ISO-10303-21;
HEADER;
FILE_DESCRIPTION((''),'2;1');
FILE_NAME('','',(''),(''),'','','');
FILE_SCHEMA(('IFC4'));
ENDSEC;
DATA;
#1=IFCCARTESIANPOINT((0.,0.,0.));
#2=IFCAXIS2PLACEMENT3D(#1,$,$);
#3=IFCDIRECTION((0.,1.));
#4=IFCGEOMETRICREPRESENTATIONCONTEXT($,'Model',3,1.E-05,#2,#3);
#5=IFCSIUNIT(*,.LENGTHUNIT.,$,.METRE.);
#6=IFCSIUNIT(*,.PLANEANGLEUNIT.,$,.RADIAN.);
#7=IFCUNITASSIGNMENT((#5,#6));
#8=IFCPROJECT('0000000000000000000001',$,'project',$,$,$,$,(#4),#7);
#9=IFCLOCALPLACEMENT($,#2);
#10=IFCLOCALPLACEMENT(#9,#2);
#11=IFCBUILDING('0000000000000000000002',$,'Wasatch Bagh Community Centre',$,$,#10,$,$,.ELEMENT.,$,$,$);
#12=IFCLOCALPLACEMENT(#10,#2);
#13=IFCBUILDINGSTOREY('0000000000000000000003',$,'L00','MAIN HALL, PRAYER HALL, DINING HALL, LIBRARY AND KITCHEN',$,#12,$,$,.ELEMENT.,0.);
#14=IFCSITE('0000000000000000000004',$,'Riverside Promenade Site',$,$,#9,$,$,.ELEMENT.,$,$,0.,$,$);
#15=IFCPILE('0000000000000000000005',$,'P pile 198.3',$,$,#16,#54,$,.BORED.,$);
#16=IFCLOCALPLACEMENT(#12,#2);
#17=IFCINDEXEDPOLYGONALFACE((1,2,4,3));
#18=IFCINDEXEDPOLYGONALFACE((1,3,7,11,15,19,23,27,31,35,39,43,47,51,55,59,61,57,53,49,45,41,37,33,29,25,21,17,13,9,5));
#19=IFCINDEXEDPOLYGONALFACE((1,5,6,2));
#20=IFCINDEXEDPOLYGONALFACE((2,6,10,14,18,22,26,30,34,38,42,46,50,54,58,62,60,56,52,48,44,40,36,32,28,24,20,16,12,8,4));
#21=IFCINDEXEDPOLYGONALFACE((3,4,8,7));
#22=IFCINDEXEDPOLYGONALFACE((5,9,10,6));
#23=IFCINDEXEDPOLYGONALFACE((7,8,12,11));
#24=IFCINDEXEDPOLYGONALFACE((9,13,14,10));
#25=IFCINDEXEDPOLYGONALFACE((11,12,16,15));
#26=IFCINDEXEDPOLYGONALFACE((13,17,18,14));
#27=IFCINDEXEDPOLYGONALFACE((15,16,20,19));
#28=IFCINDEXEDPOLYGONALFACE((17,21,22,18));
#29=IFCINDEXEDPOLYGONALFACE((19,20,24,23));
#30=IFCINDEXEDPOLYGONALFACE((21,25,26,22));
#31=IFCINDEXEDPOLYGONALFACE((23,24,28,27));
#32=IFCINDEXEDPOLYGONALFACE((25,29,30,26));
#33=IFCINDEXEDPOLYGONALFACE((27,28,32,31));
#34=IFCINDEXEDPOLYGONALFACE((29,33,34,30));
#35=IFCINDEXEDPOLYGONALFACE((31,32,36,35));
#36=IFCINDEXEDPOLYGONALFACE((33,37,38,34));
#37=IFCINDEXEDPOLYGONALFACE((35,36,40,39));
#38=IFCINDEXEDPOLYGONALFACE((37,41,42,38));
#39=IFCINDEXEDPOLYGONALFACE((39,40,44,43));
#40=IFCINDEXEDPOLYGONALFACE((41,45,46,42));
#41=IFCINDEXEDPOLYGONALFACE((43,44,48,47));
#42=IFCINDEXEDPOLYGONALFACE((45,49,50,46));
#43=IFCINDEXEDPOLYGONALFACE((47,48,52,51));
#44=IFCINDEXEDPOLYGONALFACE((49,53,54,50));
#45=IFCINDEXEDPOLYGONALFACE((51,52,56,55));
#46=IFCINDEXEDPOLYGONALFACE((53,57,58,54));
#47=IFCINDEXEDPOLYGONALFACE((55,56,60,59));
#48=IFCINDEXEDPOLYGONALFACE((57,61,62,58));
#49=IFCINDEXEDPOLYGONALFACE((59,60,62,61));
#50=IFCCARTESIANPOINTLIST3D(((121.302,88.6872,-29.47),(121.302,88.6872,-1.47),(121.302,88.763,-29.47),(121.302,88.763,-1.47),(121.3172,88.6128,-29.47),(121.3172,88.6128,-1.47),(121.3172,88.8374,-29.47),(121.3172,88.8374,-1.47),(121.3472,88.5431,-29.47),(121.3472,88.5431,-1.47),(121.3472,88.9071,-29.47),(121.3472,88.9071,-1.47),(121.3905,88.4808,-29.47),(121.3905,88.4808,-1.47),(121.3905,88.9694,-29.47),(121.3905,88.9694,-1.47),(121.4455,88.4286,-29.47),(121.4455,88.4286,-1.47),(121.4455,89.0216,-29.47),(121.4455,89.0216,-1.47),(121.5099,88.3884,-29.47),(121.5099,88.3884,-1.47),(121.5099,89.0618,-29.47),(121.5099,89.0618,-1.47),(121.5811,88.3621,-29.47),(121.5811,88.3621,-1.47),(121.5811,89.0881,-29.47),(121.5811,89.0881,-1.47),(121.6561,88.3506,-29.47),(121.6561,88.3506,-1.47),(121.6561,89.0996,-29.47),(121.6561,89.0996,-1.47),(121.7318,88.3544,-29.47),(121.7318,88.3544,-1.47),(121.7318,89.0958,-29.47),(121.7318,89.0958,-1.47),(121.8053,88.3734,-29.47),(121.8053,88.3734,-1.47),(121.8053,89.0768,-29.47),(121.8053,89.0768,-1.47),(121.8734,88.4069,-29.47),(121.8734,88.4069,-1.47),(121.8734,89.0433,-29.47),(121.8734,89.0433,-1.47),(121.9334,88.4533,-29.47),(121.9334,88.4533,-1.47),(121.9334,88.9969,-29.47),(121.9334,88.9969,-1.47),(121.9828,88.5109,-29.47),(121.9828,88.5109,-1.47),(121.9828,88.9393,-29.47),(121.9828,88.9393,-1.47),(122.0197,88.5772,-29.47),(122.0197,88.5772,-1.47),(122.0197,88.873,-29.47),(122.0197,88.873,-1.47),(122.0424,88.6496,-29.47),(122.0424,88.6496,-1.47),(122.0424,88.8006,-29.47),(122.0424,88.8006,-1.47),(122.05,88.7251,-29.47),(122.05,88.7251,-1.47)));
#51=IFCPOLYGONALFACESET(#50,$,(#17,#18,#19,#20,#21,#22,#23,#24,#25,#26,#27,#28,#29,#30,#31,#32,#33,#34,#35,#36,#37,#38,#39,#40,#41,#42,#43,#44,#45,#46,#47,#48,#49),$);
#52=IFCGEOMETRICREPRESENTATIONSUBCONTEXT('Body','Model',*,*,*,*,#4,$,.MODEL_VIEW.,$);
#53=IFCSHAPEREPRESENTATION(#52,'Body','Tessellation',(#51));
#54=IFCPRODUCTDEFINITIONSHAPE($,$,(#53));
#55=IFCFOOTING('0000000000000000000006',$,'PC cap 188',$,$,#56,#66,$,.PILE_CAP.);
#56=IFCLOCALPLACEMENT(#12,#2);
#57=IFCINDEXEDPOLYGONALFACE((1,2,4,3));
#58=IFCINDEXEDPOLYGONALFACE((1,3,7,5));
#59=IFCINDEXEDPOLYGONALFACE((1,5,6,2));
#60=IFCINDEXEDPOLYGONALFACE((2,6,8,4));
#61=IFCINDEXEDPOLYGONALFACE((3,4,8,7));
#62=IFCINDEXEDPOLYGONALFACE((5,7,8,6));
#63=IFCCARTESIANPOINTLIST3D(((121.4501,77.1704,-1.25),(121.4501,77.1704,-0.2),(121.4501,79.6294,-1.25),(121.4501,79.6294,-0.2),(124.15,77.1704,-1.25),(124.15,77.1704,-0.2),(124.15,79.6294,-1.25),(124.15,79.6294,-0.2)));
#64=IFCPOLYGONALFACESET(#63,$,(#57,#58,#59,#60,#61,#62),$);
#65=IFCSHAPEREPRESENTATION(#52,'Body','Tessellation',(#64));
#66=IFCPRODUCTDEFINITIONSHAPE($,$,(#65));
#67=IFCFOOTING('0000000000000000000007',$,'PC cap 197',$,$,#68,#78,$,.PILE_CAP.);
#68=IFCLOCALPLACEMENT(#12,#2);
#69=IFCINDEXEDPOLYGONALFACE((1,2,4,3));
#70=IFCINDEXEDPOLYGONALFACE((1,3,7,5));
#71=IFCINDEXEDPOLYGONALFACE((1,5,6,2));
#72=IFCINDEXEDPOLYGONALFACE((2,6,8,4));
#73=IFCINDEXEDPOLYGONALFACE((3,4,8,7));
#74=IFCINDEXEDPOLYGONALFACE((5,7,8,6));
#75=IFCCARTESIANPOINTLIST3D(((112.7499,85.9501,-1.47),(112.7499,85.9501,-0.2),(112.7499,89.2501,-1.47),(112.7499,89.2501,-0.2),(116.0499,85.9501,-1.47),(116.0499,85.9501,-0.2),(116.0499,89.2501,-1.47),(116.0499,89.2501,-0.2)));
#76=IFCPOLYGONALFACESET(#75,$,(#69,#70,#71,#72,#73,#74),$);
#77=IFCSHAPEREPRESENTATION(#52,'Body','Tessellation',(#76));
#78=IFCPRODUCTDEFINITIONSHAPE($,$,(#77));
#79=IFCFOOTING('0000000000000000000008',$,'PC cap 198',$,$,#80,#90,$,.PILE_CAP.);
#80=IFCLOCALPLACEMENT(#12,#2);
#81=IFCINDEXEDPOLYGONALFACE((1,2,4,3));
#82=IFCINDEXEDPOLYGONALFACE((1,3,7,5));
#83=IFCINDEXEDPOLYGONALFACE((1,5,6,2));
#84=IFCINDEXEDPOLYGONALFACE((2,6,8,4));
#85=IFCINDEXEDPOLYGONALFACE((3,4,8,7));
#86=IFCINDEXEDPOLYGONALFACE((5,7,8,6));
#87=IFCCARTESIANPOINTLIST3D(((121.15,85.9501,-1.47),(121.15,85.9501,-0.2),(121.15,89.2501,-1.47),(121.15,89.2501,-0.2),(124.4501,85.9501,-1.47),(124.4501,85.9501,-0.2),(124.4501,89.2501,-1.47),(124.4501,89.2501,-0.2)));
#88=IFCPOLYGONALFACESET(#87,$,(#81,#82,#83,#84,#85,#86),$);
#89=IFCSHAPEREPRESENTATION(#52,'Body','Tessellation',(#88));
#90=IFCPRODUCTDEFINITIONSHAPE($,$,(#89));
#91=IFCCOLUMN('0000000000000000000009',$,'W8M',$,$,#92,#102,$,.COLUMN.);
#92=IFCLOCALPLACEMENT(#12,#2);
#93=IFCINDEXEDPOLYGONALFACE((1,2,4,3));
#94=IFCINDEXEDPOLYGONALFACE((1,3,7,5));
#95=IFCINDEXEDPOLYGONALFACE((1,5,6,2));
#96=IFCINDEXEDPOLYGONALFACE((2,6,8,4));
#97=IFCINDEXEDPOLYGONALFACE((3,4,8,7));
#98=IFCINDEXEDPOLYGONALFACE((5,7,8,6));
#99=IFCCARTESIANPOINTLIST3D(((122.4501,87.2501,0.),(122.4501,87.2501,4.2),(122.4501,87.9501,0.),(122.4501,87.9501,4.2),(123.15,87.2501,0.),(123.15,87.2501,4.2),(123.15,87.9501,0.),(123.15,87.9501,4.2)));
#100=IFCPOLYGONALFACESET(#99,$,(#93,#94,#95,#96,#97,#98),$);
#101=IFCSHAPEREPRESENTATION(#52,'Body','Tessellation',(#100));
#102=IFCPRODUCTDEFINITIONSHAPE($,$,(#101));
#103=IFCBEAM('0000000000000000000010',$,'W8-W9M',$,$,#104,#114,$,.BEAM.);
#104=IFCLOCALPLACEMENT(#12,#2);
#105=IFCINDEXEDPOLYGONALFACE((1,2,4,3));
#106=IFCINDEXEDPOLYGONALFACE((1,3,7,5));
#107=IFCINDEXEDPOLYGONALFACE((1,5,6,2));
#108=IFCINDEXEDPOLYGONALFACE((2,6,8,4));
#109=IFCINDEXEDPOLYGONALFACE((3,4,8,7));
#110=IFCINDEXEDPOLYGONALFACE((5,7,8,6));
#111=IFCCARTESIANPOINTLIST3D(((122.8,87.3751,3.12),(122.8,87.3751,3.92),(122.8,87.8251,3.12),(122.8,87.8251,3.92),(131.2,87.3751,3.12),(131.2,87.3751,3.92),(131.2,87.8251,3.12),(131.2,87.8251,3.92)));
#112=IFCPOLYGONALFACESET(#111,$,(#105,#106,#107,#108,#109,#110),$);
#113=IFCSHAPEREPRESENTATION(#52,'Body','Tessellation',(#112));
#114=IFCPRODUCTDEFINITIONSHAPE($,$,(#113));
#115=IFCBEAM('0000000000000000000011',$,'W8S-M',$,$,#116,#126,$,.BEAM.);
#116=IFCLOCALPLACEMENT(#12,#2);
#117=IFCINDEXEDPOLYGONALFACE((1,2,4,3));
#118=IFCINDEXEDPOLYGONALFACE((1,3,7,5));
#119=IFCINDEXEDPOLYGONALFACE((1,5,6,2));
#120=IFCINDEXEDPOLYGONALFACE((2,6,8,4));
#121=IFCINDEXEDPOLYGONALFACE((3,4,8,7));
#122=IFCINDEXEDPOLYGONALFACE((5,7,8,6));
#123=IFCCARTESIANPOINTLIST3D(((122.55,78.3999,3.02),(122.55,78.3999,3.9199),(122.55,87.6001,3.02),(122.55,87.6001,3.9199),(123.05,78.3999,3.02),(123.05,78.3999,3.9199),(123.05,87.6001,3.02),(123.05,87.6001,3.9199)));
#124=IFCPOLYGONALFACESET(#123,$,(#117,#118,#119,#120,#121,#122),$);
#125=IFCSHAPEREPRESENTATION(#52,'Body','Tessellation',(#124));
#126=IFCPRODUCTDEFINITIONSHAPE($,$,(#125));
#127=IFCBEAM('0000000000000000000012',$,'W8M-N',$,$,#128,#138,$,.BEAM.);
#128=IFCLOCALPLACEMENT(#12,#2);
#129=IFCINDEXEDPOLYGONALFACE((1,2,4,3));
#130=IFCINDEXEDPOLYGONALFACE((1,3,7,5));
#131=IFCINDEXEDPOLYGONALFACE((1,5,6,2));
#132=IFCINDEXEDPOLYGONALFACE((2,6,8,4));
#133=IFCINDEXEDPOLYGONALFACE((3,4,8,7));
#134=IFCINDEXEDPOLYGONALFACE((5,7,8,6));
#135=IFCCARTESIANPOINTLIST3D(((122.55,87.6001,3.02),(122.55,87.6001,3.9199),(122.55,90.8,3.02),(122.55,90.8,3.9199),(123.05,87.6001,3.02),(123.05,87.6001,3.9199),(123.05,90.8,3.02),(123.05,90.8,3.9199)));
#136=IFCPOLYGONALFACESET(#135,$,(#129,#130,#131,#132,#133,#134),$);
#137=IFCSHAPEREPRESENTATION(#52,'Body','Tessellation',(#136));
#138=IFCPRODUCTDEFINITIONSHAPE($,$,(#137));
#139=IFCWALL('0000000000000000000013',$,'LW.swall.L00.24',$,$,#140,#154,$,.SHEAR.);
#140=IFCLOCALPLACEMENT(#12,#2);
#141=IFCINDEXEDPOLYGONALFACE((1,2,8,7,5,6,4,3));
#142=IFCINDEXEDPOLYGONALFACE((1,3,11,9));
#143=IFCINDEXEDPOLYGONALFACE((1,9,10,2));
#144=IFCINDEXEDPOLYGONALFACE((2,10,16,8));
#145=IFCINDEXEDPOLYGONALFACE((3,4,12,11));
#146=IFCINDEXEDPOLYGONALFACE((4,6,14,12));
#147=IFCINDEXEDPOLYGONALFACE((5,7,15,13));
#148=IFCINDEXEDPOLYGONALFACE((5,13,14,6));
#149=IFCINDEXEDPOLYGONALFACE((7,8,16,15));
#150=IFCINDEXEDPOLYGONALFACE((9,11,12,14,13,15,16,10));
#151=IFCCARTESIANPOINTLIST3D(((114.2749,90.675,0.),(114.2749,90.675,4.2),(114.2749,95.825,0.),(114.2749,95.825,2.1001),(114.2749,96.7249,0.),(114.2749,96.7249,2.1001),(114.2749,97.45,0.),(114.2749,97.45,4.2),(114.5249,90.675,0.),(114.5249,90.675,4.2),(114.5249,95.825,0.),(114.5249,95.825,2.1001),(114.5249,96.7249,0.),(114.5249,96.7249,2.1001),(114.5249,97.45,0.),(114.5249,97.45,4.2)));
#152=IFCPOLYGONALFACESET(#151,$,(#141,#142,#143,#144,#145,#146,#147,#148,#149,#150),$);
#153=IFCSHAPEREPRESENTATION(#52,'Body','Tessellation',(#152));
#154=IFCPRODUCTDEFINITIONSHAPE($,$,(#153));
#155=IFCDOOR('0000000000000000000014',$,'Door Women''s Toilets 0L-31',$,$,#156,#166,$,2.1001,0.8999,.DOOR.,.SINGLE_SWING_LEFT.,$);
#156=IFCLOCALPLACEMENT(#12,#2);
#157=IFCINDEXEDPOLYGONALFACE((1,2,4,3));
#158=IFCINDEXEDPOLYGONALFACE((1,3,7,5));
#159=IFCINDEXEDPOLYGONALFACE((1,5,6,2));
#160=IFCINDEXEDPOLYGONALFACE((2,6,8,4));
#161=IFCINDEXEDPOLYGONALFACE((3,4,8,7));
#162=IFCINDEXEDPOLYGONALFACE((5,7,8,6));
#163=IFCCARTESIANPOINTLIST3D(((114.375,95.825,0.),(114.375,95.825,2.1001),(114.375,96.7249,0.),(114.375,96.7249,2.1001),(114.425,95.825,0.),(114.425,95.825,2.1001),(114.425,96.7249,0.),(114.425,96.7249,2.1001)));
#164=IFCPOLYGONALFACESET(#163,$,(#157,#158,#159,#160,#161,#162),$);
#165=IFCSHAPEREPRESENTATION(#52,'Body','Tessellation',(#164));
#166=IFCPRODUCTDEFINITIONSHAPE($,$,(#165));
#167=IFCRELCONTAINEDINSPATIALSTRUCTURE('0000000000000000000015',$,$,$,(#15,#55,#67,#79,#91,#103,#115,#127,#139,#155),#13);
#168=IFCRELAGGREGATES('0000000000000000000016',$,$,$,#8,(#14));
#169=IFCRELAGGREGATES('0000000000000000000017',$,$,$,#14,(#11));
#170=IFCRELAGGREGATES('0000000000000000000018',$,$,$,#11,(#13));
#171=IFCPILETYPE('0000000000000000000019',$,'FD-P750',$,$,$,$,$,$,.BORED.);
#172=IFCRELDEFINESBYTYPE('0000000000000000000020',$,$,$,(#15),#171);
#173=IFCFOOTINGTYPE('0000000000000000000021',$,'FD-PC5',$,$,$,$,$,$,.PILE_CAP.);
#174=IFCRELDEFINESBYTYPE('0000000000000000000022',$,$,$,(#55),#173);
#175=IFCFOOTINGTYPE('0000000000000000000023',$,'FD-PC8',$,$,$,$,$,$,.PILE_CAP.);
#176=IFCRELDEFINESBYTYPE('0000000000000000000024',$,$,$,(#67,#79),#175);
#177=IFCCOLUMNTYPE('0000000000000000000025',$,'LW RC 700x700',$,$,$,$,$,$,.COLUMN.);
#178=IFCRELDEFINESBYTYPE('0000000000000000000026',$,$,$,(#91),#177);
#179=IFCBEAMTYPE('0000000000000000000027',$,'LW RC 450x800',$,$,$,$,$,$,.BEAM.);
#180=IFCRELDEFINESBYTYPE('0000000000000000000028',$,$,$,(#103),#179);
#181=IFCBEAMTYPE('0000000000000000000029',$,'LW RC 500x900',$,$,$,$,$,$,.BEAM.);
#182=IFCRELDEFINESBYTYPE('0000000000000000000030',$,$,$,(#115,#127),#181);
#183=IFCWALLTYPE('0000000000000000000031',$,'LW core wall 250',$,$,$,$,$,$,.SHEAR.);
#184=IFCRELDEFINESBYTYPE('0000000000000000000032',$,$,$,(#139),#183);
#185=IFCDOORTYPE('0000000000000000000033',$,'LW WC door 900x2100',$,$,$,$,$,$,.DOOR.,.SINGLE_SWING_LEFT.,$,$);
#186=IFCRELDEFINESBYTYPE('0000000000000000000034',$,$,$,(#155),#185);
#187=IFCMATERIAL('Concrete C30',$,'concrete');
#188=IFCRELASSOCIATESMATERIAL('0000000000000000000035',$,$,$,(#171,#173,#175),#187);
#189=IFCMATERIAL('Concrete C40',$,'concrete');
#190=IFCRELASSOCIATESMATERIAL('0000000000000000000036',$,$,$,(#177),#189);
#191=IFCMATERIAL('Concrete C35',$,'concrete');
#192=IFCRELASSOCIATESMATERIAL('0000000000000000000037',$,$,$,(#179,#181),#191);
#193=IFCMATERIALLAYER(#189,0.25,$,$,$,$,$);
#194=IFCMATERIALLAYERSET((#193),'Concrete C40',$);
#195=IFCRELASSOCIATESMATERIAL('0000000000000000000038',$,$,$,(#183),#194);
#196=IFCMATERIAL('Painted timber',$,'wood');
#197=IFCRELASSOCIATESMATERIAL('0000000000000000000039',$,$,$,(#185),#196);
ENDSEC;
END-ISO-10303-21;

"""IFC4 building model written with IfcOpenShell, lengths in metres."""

from ifc_helpers import new_model, si_unit, direction, frame, frame_2d, origin, origin_2d, place, context, subcontext, project, spatial, rectangle, circle, extrude, material, layer, layer_set, material_profile, profile_set, type_object, element, fill, save


model = new_model("IFC4")

# Units and contexts
model_context = context("Model", 3, precision=1e-05, world=origin(), true_north=direction((0.0, 1.0)))
body_context = subcontext(model_context, "Body", "Model", "MODEL_VIEW")
ifc_project = project(units=[si_unit("LENGTHUNIT", "METRE"), si_unit("PLANEANGLEUNIT", "RADIAN")], contexts=[model_context])

# Site, building, storey
site_placement = place(None, origin())
site = spatial("IfcSite", under=ifc_project, at=site_placement, Name="Riverside Promenade Site", CompositionType="ELEMENT", RefElevation=0.0)
building_placement = place(site_placement, origin())
building = spatial("IfcBuilding", under=site, at=building_placement, Name="Wasatch Bagh Community Centre", CompositionType="ELEMENT")
storey_placement = place(building_placement, origin())
storey = spatial("IfcBuildingStorey", under=building, at=storey_placement, Name="L00", Description="MAIN HALL, PRAYER HALL, DINING HALL, LIBRARY AND KITCHEN", CompositionType="ELEMENT", Elevation=0.0)

# Shared definitions
ifc_material_1 = material(Name="Concrete C35", Category="concrete")

# Pile
ifc_material_2 = material(Name="Concrete C30", Category="concrete")
ifc_material_profile_1 = material_profile(ifc_material_2, circle(Radius=0.375, at=origin_2d()), Name="RC D750")
ifc_profile_set_1 = profile_set([ifc_material_profile_1], Name="Concrete C30")
pile_type_1 = type_object("IfcPileType", Name="FD-P750", PredefinedType="BORED", material=ifc_profile_set_1)
for number, where, z_axis, x_axis, name in (
    (1, (121.675, 88.7251, -1.47), (0.0, 0.0, -1.0), (1.0, 0.0, 0.0), "P pile 198.3"),
):
    element("IfcPile", number, at=place(storey_placement, frame(where, z_axis=z_axis, x_axis=x_axis)), inside=storey, type_object=pile_type_1, Name=name, PredefinedType="BORED", context=body_context, shape_type="SweptSolid", body=[
        extrude(circle(Radius=0.375, at=origin_2d()), origin(), (0.0, 0.0, 1.0), 28.0),
    ])

# Footings
footing_type_1 = type_object("IfcFootingType", Name="FD-PC5", PredefinedType="PILE_CAP", material=ifc_material_2)
footing_1_placement = place(storey_placement, frame((122.8, 78.3999, -1.25), z_axis=(0.0, 0.0, 1.0), x_axis=(1.0, 0.0, 0.0)))
element("IfcFooting", 2, at=footing_1_placement, inside=storey, type_object=footing_type_1, Name="PC cap 188", PredefinedType="PILE_CAP", context=body_context, shape_type="SweptSolid", body=[
    extrude(rectangle(XDim=2.7, YDim=2.459, at=origin_2d()), origin(), (0.0, 0.0, 1.0), 1.05),
])
footing_type_2 = type_object("IfcFootingType", Name="FD-PC8", PredefinedType="PILE_CAP", material=ifc_material_2)
for number, where, z_axis, x_axis, name in (
    (3, (114.3999, 87.6001, -1.47), (0.0, 0.0, 1.0), (1.0, 0.0, 0.0), "PC cap 197"),
    (4, (122.8, 87.6001, -1.47), (0.0, 0.0, 1.0), (1.0, 0.0, 0.0), "PC cap 198"),
):
    element("IfcFooting", number, at=place(storey_placement, frame(where, z_axis=z_axis, x_axis=x_axis)), inside=storey, type_object=footing_type_2, Name=name, PredefinedType="PILE_CAP", context=body_context, shape_type="SweptSolid", body=[
        extrude(rectangle(XDim=3.3, YDim=3.3, at=origin_2d()), origin(), (0.0, 0.0, 1.0), 1.27),
    ])

# Column
ifc_material_3 = material(Name="Concrete C40", Category="concrete")
ifc_material_profile_2 = material_profile(ifc_material_3, rectangle(XDim=0.7, YDim=0.7, at=origin_2d()), Name="RC 700x700")
ifc_profile_set_2 = profile_set([ifc_material_profile_2], Name="Concrete C40")
column_type = type_object("IfcColumnType", Name="LW RC 700x700", PredefinedType="COLUMN", material=ifc_profile_set_2)
column_placement = place(storey_placement, frame((122.8, 87.6001, 0.0), z_axis=(0.0, 0.0, 1.0), x_axis=(1.0, 0.0, 0.0)))
element("IfcColumn", 5, at=column_placement, inside=storey, type_object=column_type, Name="W8M", PredefinedType="COLUMN", context=body_context, shape_type="SweptSolid", body=[
    extrude(rectangle(XDim=0.7, YDim=0.7, at=origin_2d()), origin(), (0.0, 0.0, 1.0), 4.2),
])

# Beams
ifc_material_profile_3 = material_profile(ifc_material_1, rectangle(XDim=0.45, YDim=0.8, at=origin_2d()), Name="RC 450x800")
ifc_profile_set_3 = profile_set([ifc_material_profile_3], Name="Concrete C35")
beam_type_1 = type_object("IfcBeamType", Name="LW RC 450x800", PredefinedType="BEAM", material=ifc_profile_set_3)
beam_1_placement = place(storey_placement, frame((122.8, 87.6001, 3.52), z_axis=(1.0, 0.0, 0.0), x_axis=(0.0, 1.0, 0.0)))
element("IfcBeam", 6, at=beam_1_placement, inside=storey, type_object=beam_type_1, Name="W8-W9M", PredefinedType="BEAM", context=body_context, shape_type="SweptSolid", body=[
    extrude(rectangle(XDim=0.45, YDim=0.8, at=origin_2d()), origin(), (0.0, 0.0, 1.0), 8.3999),
])
ifc_material_profile_4 = material_profile(ifc_material_1, rectangle(XDim=0.5, YDim=0.8999, at=origin_2d()), Name="RC 500x900")
ifc_profile_set_4 = profile_set([ifc_material_profile_4], Name="Concrete C35")
beam_type_2 = type_object("IfcBeamType", Name="LW RC 500x900", PredefinedType="BEAM", material=ifc_profile_set_4)
beam_2_placement = place(storey_placement, frame((122.8, 78.3999, 3.47), z_axis=(0.0, 1.0, 0.0), x_axis=(-1.0, 0.0, 0.0)))
element("IfcBeam", 7, at=beam_2_placement, inside=storey, type_object=beam_type_2, Name="W8S-M", PredefinedType="BEAM", context=body_context, shape_type="SweptSolid", body=[
    extrude(rectangle(XDim=0.5, YDim=0.8999, at=origin_2d()), origin(), (0.0, 0.0, 1.0), 9.2002),
])
beam_3_placement = place(storey_placement, frame((122.8, 87.6001, 3.47), z_axis=(0.0, 1.0, 0.0), x_axis=(-1.0, 0.0, 0.0)))
element("IfcBeam", 8, at=beam_3_placement, inside=storey, type_object=beam_type_2, Name="W8M-N", PredefinedType="BEAM", context=body_context, shape_type="SweptSolid", body=[
    extrude(rectangle(XDim=0.5, YDim=0.8999, at=origin_2d()), origin(), (0.0, 0.0, 1.0), 3.2),
])

# Wall, opening, door
ifc_layer_1 = layer(ifc_material_3, 0.25)
ifc_layer_set_1 = layer_set([ifc_layer_1], Name="Concrete C40")
wall_type_1 = type_object("IfcWallType", Name="LW core wall 250", PredefinedType="SHEAR", material=ifc_layer_set_1)
wall_1_placement = place(storey_placement, frame((114.3999, 90.675, 0.0), z_axis=(0.0, 0.0, 1.0), x_axis=(0.0, 1.0, 0.0)))
wall_1 = element("IfcWall", 9, at=wall_1_placement, inside=storey, type_object=wall_type_1, Name="LW.swall.L00.24", PredefinedType="SHEAR", context=body_context, shape_type="SweptSolid", body=[
    extrude(rectangle(XDim=6.7749, YDim=0.25, at=frame_2d((3.3875, 0.0))), origin(), (0.0, 0.0, 1.0), 4.2),
])
opening_1_placement = place(wall_1_placement, frame((5.1499, 0.0, 0.0)))
opening_1 = element("IfcOpeningElement", 10, at=opening_1_placement, cuts=wall_1, PredefinedType="OPENING", context=body_context, shape_type="SweptSolid", body=[
    extrude(rectangle(XDim=0.8999, YDim=2.1001, at=frame_2d((0.45, 1.05))), frame((0.0, 0.135, 0.0), z_axis=(0.0, -1.0, 0.0), x_axis=(1.0, 0.0, 0.0)), (0.0, 0.0, 1.0), 0.27),
])
ifc_material_4 = material(Name="Painted timber", Category="wood")
door_type_1 = type_object("IfcDoorType", Name="LW WC door 900x2100", OperationType="SINGLE_SWING_LEFT", PredefinedType="DOOR", material=ifc_material_4)
door_1_placement = place(opening_1_placement, origin())
door_1 = element("IfcDoor", 11, at=door_1_placement, inside=storey, type_object=door_type_1, Name="Door Women's Toilets 0L-31", OperationType="SINGLE_SWING_LEFT", OverallHeight=2.1001, OverallWidth=0.8999, PredefinedType="DOOR", context=body_context, shape_type="SweptSolid", body=[
    extrude(rectangle(XDim=0.8999, YDim=2.1001, at=frame_2d((0.45, 1.05))), frame((0.0, 0.0249, 0.0), z_axis=(0.0, -1.0, 0.0), x_axis=(1.0, 0.0, 0.0)), (0.0, 0.0, 1.0), 0.05),
])
fill(opening_1, door_1)

save(model, "model.ifc")
